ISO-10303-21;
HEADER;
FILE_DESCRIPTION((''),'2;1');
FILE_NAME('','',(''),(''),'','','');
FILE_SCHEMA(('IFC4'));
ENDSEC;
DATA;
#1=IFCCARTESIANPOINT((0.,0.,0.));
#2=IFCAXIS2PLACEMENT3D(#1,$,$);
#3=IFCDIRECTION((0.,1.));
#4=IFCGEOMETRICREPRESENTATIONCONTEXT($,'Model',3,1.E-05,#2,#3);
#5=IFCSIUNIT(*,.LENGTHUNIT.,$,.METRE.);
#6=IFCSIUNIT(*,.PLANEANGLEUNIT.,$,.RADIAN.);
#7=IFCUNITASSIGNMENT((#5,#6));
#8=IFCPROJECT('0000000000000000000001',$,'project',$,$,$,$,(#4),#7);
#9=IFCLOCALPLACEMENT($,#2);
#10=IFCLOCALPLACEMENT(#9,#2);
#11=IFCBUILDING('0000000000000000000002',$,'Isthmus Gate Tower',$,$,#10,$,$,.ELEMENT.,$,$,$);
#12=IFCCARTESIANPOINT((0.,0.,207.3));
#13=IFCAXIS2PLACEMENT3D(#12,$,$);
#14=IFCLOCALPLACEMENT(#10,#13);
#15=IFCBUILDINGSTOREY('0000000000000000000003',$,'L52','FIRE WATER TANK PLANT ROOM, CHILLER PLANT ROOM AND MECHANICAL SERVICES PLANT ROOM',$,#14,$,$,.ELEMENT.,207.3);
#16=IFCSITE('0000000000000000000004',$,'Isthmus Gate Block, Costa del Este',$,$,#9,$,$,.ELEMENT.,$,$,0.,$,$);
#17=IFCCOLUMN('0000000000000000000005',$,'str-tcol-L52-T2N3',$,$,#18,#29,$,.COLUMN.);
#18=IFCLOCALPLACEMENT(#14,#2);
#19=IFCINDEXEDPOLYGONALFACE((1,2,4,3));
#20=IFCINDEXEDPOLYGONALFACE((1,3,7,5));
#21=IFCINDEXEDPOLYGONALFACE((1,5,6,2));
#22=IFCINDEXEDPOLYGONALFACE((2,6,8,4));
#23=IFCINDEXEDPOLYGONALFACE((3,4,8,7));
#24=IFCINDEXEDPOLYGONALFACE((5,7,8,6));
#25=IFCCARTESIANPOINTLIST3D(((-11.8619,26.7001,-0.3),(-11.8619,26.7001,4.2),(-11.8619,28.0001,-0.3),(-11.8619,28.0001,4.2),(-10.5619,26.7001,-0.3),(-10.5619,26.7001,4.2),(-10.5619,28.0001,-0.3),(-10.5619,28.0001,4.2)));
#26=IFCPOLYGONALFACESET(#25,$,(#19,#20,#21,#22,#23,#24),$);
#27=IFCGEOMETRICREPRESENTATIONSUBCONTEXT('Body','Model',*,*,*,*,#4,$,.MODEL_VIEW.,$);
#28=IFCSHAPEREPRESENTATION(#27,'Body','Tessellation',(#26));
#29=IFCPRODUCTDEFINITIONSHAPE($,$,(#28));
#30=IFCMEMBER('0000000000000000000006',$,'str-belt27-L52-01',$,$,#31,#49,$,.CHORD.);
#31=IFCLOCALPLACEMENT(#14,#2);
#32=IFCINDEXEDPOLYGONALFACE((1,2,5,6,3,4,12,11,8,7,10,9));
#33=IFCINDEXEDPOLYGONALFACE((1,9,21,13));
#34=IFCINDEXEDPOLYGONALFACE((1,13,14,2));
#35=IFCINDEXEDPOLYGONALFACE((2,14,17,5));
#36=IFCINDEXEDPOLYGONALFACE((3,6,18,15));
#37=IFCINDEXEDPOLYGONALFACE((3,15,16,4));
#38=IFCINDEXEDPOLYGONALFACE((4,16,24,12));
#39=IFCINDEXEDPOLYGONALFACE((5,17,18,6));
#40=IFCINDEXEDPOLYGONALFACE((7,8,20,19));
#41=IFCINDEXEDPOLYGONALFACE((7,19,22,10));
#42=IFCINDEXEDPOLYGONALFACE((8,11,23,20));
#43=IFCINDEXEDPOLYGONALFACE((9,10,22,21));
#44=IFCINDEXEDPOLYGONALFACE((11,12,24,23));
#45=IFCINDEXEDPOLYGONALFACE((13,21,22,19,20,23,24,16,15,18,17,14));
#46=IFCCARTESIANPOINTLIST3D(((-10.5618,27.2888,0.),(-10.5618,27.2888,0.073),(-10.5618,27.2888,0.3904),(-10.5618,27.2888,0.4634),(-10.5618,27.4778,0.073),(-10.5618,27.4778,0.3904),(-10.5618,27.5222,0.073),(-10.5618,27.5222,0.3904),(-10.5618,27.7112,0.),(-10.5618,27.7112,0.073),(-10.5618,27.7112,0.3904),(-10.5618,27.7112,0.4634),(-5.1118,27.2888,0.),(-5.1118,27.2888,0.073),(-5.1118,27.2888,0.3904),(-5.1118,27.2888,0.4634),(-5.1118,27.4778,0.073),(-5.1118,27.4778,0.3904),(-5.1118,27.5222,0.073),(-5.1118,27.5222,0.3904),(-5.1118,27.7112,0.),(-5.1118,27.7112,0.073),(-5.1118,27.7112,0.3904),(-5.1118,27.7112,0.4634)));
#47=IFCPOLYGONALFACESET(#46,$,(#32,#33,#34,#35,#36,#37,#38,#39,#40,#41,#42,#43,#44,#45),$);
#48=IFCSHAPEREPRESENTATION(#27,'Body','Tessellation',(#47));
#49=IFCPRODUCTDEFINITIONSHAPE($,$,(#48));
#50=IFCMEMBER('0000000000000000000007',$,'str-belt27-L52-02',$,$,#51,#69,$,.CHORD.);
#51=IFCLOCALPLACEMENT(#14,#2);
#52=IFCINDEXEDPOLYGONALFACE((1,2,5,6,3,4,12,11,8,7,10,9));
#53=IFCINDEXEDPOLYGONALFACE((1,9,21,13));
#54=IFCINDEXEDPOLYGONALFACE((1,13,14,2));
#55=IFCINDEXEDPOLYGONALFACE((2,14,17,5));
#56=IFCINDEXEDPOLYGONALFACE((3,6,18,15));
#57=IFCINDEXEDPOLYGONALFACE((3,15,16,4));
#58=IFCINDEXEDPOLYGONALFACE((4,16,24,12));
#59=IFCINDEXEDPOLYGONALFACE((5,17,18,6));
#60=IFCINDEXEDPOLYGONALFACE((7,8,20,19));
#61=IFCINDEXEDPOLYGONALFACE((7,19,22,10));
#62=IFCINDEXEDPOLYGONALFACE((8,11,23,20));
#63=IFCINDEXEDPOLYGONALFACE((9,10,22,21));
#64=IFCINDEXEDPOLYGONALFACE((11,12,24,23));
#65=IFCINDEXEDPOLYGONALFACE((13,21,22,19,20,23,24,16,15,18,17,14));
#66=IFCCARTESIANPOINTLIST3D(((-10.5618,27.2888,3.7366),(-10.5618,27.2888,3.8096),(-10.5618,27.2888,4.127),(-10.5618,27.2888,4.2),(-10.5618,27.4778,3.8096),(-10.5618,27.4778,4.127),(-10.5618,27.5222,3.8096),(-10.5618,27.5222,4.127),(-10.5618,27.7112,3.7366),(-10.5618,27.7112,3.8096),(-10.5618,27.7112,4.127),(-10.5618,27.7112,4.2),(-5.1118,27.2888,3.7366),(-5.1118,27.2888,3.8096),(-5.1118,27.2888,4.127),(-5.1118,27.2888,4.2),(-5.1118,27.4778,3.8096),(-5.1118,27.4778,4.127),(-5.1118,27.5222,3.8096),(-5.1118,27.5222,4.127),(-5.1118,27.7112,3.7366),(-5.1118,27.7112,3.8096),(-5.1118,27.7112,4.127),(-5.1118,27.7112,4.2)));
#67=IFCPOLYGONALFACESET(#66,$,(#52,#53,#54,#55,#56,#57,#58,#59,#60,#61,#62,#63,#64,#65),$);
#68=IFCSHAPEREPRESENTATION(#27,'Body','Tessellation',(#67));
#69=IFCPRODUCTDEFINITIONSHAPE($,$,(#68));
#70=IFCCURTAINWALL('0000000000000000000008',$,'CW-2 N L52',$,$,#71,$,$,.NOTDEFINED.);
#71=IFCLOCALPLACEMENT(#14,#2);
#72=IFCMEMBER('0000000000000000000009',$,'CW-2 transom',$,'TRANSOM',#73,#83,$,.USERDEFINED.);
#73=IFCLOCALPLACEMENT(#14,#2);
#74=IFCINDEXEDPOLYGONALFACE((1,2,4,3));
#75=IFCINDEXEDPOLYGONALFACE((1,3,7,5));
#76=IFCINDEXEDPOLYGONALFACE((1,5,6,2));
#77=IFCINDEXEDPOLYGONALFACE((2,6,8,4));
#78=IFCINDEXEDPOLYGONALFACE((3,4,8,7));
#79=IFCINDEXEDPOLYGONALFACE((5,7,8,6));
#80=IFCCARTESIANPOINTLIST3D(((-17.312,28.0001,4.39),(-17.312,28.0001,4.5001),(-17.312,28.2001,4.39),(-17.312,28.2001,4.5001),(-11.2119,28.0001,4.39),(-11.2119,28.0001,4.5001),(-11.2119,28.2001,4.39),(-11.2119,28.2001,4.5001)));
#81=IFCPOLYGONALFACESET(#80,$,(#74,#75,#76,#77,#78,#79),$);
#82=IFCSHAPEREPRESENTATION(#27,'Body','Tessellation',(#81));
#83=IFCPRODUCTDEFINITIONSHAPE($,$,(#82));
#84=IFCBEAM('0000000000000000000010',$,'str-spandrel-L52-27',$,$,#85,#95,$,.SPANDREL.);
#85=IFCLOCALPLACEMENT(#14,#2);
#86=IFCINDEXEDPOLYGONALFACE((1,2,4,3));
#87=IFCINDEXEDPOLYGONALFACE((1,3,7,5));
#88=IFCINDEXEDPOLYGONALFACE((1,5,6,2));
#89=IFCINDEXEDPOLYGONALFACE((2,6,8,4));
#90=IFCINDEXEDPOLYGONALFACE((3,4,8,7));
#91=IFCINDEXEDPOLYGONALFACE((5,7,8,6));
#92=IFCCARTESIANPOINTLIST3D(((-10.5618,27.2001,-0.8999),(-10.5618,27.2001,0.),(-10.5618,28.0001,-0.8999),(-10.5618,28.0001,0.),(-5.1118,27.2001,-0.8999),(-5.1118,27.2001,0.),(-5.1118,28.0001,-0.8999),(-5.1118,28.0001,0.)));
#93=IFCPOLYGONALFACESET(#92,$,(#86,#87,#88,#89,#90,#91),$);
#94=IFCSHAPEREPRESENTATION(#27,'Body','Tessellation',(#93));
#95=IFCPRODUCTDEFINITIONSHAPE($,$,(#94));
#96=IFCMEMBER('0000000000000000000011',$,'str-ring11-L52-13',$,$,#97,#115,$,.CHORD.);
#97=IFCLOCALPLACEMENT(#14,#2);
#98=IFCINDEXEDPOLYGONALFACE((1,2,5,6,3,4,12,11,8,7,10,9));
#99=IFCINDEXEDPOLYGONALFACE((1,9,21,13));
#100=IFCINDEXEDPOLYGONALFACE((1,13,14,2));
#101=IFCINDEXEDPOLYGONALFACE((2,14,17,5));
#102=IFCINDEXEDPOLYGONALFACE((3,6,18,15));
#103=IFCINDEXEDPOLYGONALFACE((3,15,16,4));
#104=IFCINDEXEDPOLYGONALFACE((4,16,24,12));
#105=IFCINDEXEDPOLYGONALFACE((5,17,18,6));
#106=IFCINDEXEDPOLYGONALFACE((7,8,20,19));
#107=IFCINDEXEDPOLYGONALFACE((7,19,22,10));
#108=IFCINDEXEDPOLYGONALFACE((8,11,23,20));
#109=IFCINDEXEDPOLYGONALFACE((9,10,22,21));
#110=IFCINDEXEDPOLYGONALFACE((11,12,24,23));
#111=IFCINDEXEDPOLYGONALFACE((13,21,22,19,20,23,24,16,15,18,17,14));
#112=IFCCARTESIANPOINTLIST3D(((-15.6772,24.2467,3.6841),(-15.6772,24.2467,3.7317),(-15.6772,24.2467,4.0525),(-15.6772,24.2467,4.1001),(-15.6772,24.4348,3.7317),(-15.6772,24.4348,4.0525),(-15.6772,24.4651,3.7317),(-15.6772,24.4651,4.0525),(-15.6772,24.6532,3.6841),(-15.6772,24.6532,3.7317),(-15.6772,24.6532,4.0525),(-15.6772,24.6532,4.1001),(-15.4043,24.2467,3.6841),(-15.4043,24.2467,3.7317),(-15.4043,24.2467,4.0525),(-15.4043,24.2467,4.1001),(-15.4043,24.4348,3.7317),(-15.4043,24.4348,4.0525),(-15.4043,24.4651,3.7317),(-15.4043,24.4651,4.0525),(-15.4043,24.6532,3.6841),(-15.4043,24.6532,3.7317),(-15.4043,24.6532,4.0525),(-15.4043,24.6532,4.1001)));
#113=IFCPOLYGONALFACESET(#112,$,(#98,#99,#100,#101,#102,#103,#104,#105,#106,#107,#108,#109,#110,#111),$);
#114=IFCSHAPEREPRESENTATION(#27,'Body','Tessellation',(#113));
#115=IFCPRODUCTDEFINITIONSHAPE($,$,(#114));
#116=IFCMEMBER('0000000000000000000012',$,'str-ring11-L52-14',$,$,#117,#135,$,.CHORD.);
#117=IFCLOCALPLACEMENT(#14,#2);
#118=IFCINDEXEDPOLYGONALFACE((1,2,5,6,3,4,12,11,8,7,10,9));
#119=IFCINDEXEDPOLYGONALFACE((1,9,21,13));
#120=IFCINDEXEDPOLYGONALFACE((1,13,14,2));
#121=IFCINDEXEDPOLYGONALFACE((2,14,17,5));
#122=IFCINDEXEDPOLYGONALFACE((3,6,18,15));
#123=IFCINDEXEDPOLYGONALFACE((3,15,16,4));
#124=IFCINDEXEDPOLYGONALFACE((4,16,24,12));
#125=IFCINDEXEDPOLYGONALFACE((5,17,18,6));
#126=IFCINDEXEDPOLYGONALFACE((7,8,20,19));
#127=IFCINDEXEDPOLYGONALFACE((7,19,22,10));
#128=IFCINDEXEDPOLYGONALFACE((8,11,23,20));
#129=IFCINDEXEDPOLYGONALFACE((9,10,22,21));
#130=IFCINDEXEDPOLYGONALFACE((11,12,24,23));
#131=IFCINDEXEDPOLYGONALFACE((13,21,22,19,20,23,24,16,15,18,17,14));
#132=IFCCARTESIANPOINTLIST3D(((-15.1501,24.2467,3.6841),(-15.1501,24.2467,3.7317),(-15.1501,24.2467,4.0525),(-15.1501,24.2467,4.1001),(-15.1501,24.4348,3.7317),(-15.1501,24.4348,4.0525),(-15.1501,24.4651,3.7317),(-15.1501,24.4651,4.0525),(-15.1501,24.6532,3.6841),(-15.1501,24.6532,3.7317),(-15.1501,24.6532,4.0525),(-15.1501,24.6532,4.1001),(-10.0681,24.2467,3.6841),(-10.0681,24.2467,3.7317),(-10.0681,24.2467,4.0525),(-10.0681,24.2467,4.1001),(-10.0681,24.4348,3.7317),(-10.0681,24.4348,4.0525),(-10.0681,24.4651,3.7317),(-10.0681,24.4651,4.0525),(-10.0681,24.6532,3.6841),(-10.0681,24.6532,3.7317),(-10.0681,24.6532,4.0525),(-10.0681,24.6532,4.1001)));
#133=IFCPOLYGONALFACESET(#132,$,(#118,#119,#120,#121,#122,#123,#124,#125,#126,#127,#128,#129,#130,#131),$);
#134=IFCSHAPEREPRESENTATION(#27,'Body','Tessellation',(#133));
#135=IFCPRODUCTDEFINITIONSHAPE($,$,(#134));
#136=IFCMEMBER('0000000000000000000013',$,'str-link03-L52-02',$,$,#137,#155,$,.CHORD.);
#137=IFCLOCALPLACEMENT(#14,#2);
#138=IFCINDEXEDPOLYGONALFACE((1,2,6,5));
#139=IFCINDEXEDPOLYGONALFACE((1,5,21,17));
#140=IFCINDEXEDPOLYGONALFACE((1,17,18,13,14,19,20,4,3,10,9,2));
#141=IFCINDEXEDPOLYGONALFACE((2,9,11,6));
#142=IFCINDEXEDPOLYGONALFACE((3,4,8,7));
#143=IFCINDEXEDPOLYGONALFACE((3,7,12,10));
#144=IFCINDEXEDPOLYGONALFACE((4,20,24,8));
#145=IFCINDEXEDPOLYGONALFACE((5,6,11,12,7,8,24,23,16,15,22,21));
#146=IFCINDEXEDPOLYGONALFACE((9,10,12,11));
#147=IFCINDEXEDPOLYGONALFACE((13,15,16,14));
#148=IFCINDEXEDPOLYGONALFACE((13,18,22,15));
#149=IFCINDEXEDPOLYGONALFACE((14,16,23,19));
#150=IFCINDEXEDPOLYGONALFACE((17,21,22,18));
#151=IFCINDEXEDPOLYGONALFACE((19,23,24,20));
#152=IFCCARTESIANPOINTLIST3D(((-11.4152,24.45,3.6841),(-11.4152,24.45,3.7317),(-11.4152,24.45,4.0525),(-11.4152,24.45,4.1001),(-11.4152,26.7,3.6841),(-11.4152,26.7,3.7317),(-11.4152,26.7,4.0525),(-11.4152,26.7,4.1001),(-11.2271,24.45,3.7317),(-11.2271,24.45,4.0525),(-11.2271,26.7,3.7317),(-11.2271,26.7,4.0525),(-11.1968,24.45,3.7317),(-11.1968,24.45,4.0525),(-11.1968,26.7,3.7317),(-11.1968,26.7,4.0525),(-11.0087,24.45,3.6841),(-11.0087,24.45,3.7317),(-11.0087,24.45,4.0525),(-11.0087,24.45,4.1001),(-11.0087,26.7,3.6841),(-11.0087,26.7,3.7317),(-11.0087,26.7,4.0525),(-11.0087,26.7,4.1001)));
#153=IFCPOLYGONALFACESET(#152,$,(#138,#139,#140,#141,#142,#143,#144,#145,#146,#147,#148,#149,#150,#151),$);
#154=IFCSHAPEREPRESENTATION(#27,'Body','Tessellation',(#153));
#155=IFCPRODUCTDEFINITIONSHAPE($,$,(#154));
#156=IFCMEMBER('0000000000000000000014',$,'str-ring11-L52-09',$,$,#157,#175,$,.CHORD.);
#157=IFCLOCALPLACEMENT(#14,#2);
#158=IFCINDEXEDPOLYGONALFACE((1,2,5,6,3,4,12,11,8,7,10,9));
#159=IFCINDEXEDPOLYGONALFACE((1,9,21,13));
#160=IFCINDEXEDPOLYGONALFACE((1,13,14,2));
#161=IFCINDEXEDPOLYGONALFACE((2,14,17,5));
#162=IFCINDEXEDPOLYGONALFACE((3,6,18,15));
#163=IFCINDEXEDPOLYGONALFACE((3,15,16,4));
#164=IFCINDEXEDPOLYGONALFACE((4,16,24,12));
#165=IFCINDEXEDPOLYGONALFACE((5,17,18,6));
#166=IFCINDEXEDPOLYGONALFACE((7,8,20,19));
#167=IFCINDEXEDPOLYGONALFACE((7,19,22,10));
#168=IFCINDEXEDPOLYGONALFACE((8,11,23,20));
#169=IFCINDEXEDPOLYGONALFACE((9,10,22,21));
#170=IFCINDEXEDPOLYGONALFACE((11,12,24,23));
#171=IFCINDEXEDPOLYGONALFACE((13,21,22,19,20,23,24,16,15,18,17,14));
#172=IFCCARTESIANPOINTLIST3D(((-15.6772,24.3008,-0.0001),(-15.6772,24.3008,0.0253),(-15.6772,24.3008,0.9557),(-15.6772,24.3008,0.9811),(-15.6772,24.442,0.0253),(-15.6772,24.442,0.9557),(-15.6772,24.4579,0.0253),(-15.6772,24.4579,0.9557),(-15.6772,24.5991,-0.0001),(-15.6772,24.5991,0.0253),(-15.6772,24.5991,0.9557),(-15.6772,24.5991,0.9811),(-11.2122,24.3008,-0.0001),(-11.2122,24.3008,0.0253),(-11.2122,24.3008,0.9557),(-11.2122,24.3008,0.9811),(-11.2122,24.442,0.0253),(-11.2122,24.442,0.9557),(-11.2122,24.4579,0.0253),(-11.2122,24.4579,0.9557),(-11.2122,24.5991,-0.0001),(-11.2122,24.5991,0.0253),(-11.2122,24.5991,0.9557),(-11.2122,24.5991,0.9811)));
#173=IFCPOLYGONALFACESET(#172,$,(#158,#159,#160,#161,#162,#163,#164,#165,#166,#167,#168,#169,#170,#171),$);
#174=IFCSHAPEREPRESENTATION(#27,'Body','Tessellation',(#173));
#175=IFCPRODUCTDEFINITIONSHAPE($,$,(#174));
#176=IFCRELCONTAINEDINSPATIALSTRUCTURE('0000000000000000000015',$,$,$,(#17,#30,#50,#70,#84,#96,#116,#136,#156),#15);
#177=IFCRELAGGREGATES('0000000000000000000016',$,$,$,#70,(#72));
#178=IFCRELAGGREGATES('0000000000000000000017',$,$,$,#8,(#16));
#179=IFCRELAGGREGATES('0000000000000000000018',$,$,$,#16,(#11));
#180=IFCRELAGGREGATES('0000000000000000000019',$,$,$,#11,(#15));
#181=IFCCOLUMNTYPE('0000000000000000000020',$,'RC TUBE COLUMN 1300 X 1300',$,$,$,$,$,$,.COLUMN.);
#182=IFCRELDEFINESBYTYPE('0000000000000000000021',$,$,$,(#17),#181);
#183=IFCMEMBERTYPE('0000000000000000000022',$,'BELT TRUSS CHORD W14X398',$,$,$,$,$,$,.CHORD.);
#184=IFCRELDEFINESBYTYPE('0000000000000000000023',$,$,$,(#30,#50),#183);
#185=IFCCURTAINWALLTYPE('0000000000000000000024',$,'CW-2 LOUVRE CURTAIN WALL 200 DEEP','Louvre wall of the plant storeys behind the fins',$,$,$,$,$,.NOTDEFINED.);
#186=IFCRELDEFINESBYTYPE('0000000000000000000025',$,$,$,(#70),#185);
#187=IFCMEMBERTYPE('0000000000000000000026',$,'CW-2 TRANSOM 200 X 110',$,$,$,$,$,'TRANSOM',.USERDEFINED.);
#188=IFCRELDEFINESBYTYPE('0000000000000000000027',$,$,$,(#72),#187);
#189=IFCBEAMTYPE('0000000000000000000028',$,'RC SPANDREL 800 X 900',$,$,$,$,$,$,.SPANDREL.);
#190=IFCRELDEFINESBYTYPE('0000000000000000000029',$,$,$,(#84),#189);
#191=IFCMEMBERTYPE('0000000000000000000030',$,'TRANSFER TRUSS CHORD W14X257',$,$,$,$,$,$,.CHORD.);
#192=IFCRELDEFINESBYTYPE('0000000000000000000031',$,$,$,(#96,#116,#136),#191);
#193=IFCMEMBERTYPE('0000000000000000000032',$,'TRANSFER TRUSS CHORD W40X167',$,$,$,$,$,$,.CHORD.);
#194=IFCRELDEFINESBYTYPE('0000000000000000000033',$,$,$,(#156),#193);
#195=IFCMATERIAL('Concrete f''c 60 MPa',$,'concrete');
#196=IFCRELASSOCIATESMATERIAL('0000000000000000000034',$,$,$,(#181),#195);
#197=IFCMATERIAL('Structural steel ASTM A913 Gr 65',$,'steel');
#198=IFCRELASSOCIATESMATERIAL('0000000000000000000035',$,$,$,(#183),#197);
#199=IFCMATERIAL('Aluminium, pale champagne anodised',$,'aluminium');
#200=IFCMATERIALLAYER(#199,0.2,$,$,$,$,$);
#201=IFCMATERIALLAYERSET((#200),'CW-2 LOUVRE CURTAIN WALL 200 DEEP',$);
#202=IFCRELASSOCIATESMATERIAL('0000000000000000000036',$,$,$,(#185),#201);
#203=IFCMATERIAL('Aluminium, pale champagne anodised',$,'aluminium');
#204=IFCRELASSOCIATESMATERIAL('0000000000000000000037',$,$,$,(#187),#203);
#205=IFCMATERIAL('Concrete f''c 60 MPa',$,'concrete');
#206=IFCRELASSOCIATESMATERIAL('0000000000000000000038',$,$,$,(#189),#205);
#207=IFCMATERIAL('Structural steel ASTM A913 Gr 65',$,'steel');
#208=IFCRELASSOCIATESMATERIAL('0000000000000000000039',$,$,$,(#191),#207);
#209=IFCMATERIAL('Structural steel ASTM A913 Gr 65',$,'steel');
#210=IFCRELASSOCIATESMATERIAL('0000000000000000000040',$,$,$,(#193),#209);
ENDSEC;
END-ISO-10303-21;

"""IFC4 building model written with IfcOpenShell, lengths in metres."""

from ifc_helpers import new_model, si_unit, direction, frame, origin, origin_2d, place, context, subcontext, project, spatial, rectangle, i_section, extrude, material, layer, layer_set, material_profile, profile_set, type_object, element, aggregate, save


model = new_model("IFC4")

# Units and contexts
model_context = context("Model", 3, precision=1e-05, world=origin(), true_north=direction((0.0, 1.0)))
body_context = subcontext(model_context, "Body", "Model", "MODEL_VIEW")
ifc_project = project(units=[si_unit("LENGTHUNIT", "METRE"), si_unit("PLANEANGLEUNIT", "RADIAN")], contexts=[model_context])

# Site, building, storey
site_placement = place(None, origin())
site = spatial("IfcSite", under=ifc_project, at=site_placement, Name="Isthmus Gate Block, Costa del Este", CompositionType="ELEMENT", RefElevation=0.0)
building_placement = place(site_placement, origin())
building = spatial("IfcBuilding", under=site, at=building_placement, Name="Isthmus Gate Tower", CompositionType="ELEMENT")
storey_placement = place(building_placement, frame((0.0, 0.0, 207.3)))
storey = spatial("IfcBuildingStorey", under=building, at=storey_placement, Name="L52", Description="FIRE WATER TANK PLANT ROOM, CHILLER PLANT ROOM AND MECHANICAL SERVICES PLANT ROOM", CompositionType="ELEMENT", Elevation=207.3)

# Column
ifc_material_1 = material(Name="Concrete f'c 60 MPa", Category="concrete")
ifc_material_profile_1 = material_profile(ifc_material_1, rectangle(XDim=1.3, YDim=1.3, at=origin_2d()), Name="RC 1300X1300")
ifc_profile_set_1 = profile_set([ifc_material_profile_1], Name="Concrete f'c 60 MPa")
column_type = type_object("IfcColumnType", Name="RC TUBE COLUMN 1300 X 1300", PredefinedType="COLUMN", material=ifc_profile_set_1)
column_placement = place(storey_placement, frame((-11.2119, 27.3501, -0.3), z_axis=(0.0, 0.0, 1.0), x_axis=(-1.0, 0.0, 0.0)))
element("IfcColumn", 1, at=column_placement, inside=storey, type_object=column_type, Name="str-tcol-L52-T2N3", PredefinedType="COLUMN", context=body_context, shape_type="SweptSolid", body=[
    extrude(rectangle(XDim=1.3, YDim=1.3, at=origin_2d()), origin(), (0.0, 0.0, 1.0), 4.5),
])

# Members
ifc_material_2 = material(Name="Structural steel ASTM A913 Gr 65", Category="steel")
ifc_material_profile_2 = material_profile(ifc_material_2, i_section(OverallWidth=0.4224, OverallDepth=0.4634, WebThickness=0.0444, FlangeThickness=0.073, at=origin_2d()), Name="W14X398")
ifc_profile_set_2 = profile_set([ifc_material_profile_2], Name="Structural steel ASTM A913 Gr 65")
member_type_1 = type_object("IfcMemberType", Name="BELT TRUSS CHORD W14X398", PredefinedType="CHORD", material=ifc_profile_set_2)
for number, where, z_axis, x_axis, name in (
    (2, (-10.5618, 27.5, 0.2317), (1.0, 0.0, 0.0), (0.0, 1.0, 0.0), "str-belt27-L52-01"),
    (3, (-10.5618, 27.5, 3.9683), (1.0, 0.0, 0.0), (0.0, 1.0, 0.0), "str-belt27-L52-02"),
):
    element("IfcMember", number, at=place(storey_placement, frame(where, z_axis=z_axis, x_axis=x_axis)), inside=storey, type_object=member_type_1, Name=name, PredefinedType="CHORD", context=body_context, shape_type="SweptSolid", body=[
        extrude(i_section(OverallWidth=0.4224, OverallDepth=0.4634, WebThickness=0.0444, FlangeThickness=0.073, at=origin_2d()), origin(), (0.0, 0.0, 1.0), 5.45),
    ])

# Curtain wall, member
ifc_material_3 = material(Name="Aluminium, pale champagne anodised", Category="aluminium")
ifc_layer_1 = layer(ifc_material_3, 0.2)
ifc_layer_set_1 = layer_set([ifc_layer_1], Name="CW-2 LOUVRE CURTAIN WALL 200 DEEP")
curtain_wall_type = type_object("IfcCurtainWallType", Name="CW-2 LOUVRE CURTAIN WALL 200 DEEP", Description="Louvre wall of the plant storeys behind the fins", PredefinedType="NOTDEFINED", material=ifc_layer_set_1)
curtain_wall_placement = place(storey_placement, origin())
curtain_wall = element("IfcCurtainWall", 4, at=curtain_wall_placement, inside=storey, type_object=curtain_wall_type, Name="CW-2 N L52", PredefinedType="NOTDEFINED")
ifc_material_4 = material(Name="Aluminium, pale champagne anodised", Category="aluminium")
ifc_material_profile_3 = material_profile(ifc_material_4, rectangle(XDim=0.2, YDim=0.1101, at=origin_2d()), Name="200x110")
ifc_profile_set_3 = profile_set([ifc_material_profile_3], Name="Aluminium, pale champagne anodised")
member_type_2 = type_object("IfcMemberType", Name="CW-2 TRANSOM 200 X 110", ElementType="TRANSOM", PredefinedType="USERDEFINED", material=ifc_profile_set_3)
member_1_placement = place(storey_placement, frame((-11.2119, 28.1001, 4.4451), z_axis=(-1.0, 0.0, 0.0), x_axis=(0.0, -1.0, 0.0)))
member_1 = element("IfcMember", 5, at=member_1_placement, type_object=member_type_2, Name="CW-2 transom", ObjectType="TRANSOM", PredefinedType="USERDEFINED", context=body_context, shape_type="SweptSolid", body=[
    extrude(rectangle(XDim=0.2, YDim=0.1101, at=origin_2d()), origin(), (0.0, 0.0, 1.0), 6.1001),
])

# Beam
ifc_material_5 = material(Name="Concrete f'c 60 MPa", Category="concrete")
ifc_material_profile_4 = material_profile(ifc_material_5, rectangle(XDim=0.8, YDim=0.8999, at=origin_2d()), Name="RC 800X900")
ifc_profile_set_4 = profile_set([ifc_material_profile_4], Name="Concrete f'c 60 MPa")
beam_type = type_object("IfcBeamType", Name="RC SPANDREL 800 X 900", PredefinedType="SPANDREL", material=ifc_profile_set_4)
beam_placement = place(storey_placement, frame((-10.5618, 27.6001, -0.45), z_axis=(1.0, 0.0, 0.0), x_axis=(0.0, 1.0, 0.0)))
element("IfcBeam", 6, at=beam_placement, inside=storey, type_object=beam_type, Name="str-spandrel-L52-27", PredefinedType="SPANDREL", context=body_context, shape_type="SweptSolid", body=[
    extrude(rectangle(XDim=0.8, YDim=0.8999, at=origin_2d()), origin(), (0.0, 0.0, 1.0), 5.45),
])

# Members
ifc_material_6 = material(Name="Structural steel ASTM A913 Gr 65", Category="steel")
ifc_material_profile_5 = material_profile(ifc_material_6, i_section(OverallWidth=0.4065, OverallDepth=0.416, WebThickness=0.0303, FlangeThickness=0.0476, at=origin_2d()), Name="W14X257")
ifc_profile_set_5 = profile_set([ifc_material_profile_5], Name="Structural steel ASTM A913 Gr 65")
member_type_3 = type_object("IfcMemberType", Name="TRANSFER TRUSS CHORD W14X257", PredefinedType="CHORD", material=ifc_profile_set_5)
member_2_placement = place(storey_placement, frame((-15.6772, 24.45, 3.8921), z_axis=(1.0, 0.0, 0.0), x_axis=(0.0, 1.0, 0.0)))
element("IfcMember", 7, at=member_2_placement, inside=storey, type_object=member_type_3, Name="str-ring11-L52-13", PredefinedType="CHORD", context=body_context, shape_type="SweptSolid", body=[
    extrude(i_section(OverallWidth=0.4065, OverallDepth=0.416, WebThickness=0.0303, FlangeThickness=0.0476, at=origin_2d()), origin(), (0.0, 0.0, 1.0), 0.2729),
])
member_3_placement = place(storey_placement, frame((-15.1501, 24.45, 3.8921), z_axis=(1.0, 0.0, 0.0), x_axis=(0.0, 1.0, 0.0)))
element("IfcMember", 8, at=member_3_placement, inside=storey, type_object=member_type_3, Name="str-ring11-L52-14", PredefinedType="CHORD", context=body_context, shape_type="SweptSolid", body=[
    extrude(i_section(OverallWidth=0.4065, OverallDepth=0.416, WebThickness=0.0303, FlangeThickness=0.0476, at=origin_2d()), origin(), (0.0, 0.0, 1.0), 5.082),
])
member_4_placement = place(storey_placement, frame((-11.2119, 26.7, 3.8921), z_axis=(0.0, -1.0, 0.0), x_axis=(1.0, 0.0, 0.0)))
element("IfcMember", 9, at=member_4_placement, inside=storey, type_object=member_type_3, Name="str-link03-L52-02", PredefinedType="CHORD", context=body_context, shape_type="SweptSolid", body=[
    extrude(i_section(OverallWidth=0.4065, OverallDepth=0.416, WebThickness=0.0303, FlangeThickness=0.0476, at=origin_2d()), origin(), (0.0, 0.0, 1.0), 2.25),
])
ifc_material_7 = material(Name="Structural steel ASTM A913 Gr 65", Category="steel")
ifc_material_profile_6 = material_profile(ifc_material_7, i_section(OverallWidth=0.2983, OverallDepth=0.9812, WebThickness=0.0159, FlangeThickness=0.0254, at=origin_2d()), Name="W40X167")
ifc_profile_set_6 = profile_set([ifc_material_profile_6], Name="Structural steel ASTM A913 Gr 65")
member_type_4 = type_object("IfcMemberType", Name="TRANSFER TRUSS CHORD W40X167", PredefinedType="CHORD", material=ifc_profile_set_6)
member_5_placement = place(storey_placement, frame((-15.6772, 24.45, 0.4905), z_axis=(1.0, 0.0, 0.0), x_axis=(0.0, 1.0, 0.0)))
element("IfcMember", 10, at=member_5_placement, inside=storey, type_object=member_type_4, Name="str-ring11-L52-09", PredefinedType="CHORD", context=body_context, shape_type="SweptSolid", body=[
    extrude(i_section(OverallWidth=0.2983, OverallDepth=0.9812, WebThickness=0.0159, FlangeThickness=0.0254, at=origin_2d()), origin(), (0.0, 0.0, 1.0), 4.4651),
])

aggregate(curtain_wall, [member_1])

save(model, "model.ifc")
